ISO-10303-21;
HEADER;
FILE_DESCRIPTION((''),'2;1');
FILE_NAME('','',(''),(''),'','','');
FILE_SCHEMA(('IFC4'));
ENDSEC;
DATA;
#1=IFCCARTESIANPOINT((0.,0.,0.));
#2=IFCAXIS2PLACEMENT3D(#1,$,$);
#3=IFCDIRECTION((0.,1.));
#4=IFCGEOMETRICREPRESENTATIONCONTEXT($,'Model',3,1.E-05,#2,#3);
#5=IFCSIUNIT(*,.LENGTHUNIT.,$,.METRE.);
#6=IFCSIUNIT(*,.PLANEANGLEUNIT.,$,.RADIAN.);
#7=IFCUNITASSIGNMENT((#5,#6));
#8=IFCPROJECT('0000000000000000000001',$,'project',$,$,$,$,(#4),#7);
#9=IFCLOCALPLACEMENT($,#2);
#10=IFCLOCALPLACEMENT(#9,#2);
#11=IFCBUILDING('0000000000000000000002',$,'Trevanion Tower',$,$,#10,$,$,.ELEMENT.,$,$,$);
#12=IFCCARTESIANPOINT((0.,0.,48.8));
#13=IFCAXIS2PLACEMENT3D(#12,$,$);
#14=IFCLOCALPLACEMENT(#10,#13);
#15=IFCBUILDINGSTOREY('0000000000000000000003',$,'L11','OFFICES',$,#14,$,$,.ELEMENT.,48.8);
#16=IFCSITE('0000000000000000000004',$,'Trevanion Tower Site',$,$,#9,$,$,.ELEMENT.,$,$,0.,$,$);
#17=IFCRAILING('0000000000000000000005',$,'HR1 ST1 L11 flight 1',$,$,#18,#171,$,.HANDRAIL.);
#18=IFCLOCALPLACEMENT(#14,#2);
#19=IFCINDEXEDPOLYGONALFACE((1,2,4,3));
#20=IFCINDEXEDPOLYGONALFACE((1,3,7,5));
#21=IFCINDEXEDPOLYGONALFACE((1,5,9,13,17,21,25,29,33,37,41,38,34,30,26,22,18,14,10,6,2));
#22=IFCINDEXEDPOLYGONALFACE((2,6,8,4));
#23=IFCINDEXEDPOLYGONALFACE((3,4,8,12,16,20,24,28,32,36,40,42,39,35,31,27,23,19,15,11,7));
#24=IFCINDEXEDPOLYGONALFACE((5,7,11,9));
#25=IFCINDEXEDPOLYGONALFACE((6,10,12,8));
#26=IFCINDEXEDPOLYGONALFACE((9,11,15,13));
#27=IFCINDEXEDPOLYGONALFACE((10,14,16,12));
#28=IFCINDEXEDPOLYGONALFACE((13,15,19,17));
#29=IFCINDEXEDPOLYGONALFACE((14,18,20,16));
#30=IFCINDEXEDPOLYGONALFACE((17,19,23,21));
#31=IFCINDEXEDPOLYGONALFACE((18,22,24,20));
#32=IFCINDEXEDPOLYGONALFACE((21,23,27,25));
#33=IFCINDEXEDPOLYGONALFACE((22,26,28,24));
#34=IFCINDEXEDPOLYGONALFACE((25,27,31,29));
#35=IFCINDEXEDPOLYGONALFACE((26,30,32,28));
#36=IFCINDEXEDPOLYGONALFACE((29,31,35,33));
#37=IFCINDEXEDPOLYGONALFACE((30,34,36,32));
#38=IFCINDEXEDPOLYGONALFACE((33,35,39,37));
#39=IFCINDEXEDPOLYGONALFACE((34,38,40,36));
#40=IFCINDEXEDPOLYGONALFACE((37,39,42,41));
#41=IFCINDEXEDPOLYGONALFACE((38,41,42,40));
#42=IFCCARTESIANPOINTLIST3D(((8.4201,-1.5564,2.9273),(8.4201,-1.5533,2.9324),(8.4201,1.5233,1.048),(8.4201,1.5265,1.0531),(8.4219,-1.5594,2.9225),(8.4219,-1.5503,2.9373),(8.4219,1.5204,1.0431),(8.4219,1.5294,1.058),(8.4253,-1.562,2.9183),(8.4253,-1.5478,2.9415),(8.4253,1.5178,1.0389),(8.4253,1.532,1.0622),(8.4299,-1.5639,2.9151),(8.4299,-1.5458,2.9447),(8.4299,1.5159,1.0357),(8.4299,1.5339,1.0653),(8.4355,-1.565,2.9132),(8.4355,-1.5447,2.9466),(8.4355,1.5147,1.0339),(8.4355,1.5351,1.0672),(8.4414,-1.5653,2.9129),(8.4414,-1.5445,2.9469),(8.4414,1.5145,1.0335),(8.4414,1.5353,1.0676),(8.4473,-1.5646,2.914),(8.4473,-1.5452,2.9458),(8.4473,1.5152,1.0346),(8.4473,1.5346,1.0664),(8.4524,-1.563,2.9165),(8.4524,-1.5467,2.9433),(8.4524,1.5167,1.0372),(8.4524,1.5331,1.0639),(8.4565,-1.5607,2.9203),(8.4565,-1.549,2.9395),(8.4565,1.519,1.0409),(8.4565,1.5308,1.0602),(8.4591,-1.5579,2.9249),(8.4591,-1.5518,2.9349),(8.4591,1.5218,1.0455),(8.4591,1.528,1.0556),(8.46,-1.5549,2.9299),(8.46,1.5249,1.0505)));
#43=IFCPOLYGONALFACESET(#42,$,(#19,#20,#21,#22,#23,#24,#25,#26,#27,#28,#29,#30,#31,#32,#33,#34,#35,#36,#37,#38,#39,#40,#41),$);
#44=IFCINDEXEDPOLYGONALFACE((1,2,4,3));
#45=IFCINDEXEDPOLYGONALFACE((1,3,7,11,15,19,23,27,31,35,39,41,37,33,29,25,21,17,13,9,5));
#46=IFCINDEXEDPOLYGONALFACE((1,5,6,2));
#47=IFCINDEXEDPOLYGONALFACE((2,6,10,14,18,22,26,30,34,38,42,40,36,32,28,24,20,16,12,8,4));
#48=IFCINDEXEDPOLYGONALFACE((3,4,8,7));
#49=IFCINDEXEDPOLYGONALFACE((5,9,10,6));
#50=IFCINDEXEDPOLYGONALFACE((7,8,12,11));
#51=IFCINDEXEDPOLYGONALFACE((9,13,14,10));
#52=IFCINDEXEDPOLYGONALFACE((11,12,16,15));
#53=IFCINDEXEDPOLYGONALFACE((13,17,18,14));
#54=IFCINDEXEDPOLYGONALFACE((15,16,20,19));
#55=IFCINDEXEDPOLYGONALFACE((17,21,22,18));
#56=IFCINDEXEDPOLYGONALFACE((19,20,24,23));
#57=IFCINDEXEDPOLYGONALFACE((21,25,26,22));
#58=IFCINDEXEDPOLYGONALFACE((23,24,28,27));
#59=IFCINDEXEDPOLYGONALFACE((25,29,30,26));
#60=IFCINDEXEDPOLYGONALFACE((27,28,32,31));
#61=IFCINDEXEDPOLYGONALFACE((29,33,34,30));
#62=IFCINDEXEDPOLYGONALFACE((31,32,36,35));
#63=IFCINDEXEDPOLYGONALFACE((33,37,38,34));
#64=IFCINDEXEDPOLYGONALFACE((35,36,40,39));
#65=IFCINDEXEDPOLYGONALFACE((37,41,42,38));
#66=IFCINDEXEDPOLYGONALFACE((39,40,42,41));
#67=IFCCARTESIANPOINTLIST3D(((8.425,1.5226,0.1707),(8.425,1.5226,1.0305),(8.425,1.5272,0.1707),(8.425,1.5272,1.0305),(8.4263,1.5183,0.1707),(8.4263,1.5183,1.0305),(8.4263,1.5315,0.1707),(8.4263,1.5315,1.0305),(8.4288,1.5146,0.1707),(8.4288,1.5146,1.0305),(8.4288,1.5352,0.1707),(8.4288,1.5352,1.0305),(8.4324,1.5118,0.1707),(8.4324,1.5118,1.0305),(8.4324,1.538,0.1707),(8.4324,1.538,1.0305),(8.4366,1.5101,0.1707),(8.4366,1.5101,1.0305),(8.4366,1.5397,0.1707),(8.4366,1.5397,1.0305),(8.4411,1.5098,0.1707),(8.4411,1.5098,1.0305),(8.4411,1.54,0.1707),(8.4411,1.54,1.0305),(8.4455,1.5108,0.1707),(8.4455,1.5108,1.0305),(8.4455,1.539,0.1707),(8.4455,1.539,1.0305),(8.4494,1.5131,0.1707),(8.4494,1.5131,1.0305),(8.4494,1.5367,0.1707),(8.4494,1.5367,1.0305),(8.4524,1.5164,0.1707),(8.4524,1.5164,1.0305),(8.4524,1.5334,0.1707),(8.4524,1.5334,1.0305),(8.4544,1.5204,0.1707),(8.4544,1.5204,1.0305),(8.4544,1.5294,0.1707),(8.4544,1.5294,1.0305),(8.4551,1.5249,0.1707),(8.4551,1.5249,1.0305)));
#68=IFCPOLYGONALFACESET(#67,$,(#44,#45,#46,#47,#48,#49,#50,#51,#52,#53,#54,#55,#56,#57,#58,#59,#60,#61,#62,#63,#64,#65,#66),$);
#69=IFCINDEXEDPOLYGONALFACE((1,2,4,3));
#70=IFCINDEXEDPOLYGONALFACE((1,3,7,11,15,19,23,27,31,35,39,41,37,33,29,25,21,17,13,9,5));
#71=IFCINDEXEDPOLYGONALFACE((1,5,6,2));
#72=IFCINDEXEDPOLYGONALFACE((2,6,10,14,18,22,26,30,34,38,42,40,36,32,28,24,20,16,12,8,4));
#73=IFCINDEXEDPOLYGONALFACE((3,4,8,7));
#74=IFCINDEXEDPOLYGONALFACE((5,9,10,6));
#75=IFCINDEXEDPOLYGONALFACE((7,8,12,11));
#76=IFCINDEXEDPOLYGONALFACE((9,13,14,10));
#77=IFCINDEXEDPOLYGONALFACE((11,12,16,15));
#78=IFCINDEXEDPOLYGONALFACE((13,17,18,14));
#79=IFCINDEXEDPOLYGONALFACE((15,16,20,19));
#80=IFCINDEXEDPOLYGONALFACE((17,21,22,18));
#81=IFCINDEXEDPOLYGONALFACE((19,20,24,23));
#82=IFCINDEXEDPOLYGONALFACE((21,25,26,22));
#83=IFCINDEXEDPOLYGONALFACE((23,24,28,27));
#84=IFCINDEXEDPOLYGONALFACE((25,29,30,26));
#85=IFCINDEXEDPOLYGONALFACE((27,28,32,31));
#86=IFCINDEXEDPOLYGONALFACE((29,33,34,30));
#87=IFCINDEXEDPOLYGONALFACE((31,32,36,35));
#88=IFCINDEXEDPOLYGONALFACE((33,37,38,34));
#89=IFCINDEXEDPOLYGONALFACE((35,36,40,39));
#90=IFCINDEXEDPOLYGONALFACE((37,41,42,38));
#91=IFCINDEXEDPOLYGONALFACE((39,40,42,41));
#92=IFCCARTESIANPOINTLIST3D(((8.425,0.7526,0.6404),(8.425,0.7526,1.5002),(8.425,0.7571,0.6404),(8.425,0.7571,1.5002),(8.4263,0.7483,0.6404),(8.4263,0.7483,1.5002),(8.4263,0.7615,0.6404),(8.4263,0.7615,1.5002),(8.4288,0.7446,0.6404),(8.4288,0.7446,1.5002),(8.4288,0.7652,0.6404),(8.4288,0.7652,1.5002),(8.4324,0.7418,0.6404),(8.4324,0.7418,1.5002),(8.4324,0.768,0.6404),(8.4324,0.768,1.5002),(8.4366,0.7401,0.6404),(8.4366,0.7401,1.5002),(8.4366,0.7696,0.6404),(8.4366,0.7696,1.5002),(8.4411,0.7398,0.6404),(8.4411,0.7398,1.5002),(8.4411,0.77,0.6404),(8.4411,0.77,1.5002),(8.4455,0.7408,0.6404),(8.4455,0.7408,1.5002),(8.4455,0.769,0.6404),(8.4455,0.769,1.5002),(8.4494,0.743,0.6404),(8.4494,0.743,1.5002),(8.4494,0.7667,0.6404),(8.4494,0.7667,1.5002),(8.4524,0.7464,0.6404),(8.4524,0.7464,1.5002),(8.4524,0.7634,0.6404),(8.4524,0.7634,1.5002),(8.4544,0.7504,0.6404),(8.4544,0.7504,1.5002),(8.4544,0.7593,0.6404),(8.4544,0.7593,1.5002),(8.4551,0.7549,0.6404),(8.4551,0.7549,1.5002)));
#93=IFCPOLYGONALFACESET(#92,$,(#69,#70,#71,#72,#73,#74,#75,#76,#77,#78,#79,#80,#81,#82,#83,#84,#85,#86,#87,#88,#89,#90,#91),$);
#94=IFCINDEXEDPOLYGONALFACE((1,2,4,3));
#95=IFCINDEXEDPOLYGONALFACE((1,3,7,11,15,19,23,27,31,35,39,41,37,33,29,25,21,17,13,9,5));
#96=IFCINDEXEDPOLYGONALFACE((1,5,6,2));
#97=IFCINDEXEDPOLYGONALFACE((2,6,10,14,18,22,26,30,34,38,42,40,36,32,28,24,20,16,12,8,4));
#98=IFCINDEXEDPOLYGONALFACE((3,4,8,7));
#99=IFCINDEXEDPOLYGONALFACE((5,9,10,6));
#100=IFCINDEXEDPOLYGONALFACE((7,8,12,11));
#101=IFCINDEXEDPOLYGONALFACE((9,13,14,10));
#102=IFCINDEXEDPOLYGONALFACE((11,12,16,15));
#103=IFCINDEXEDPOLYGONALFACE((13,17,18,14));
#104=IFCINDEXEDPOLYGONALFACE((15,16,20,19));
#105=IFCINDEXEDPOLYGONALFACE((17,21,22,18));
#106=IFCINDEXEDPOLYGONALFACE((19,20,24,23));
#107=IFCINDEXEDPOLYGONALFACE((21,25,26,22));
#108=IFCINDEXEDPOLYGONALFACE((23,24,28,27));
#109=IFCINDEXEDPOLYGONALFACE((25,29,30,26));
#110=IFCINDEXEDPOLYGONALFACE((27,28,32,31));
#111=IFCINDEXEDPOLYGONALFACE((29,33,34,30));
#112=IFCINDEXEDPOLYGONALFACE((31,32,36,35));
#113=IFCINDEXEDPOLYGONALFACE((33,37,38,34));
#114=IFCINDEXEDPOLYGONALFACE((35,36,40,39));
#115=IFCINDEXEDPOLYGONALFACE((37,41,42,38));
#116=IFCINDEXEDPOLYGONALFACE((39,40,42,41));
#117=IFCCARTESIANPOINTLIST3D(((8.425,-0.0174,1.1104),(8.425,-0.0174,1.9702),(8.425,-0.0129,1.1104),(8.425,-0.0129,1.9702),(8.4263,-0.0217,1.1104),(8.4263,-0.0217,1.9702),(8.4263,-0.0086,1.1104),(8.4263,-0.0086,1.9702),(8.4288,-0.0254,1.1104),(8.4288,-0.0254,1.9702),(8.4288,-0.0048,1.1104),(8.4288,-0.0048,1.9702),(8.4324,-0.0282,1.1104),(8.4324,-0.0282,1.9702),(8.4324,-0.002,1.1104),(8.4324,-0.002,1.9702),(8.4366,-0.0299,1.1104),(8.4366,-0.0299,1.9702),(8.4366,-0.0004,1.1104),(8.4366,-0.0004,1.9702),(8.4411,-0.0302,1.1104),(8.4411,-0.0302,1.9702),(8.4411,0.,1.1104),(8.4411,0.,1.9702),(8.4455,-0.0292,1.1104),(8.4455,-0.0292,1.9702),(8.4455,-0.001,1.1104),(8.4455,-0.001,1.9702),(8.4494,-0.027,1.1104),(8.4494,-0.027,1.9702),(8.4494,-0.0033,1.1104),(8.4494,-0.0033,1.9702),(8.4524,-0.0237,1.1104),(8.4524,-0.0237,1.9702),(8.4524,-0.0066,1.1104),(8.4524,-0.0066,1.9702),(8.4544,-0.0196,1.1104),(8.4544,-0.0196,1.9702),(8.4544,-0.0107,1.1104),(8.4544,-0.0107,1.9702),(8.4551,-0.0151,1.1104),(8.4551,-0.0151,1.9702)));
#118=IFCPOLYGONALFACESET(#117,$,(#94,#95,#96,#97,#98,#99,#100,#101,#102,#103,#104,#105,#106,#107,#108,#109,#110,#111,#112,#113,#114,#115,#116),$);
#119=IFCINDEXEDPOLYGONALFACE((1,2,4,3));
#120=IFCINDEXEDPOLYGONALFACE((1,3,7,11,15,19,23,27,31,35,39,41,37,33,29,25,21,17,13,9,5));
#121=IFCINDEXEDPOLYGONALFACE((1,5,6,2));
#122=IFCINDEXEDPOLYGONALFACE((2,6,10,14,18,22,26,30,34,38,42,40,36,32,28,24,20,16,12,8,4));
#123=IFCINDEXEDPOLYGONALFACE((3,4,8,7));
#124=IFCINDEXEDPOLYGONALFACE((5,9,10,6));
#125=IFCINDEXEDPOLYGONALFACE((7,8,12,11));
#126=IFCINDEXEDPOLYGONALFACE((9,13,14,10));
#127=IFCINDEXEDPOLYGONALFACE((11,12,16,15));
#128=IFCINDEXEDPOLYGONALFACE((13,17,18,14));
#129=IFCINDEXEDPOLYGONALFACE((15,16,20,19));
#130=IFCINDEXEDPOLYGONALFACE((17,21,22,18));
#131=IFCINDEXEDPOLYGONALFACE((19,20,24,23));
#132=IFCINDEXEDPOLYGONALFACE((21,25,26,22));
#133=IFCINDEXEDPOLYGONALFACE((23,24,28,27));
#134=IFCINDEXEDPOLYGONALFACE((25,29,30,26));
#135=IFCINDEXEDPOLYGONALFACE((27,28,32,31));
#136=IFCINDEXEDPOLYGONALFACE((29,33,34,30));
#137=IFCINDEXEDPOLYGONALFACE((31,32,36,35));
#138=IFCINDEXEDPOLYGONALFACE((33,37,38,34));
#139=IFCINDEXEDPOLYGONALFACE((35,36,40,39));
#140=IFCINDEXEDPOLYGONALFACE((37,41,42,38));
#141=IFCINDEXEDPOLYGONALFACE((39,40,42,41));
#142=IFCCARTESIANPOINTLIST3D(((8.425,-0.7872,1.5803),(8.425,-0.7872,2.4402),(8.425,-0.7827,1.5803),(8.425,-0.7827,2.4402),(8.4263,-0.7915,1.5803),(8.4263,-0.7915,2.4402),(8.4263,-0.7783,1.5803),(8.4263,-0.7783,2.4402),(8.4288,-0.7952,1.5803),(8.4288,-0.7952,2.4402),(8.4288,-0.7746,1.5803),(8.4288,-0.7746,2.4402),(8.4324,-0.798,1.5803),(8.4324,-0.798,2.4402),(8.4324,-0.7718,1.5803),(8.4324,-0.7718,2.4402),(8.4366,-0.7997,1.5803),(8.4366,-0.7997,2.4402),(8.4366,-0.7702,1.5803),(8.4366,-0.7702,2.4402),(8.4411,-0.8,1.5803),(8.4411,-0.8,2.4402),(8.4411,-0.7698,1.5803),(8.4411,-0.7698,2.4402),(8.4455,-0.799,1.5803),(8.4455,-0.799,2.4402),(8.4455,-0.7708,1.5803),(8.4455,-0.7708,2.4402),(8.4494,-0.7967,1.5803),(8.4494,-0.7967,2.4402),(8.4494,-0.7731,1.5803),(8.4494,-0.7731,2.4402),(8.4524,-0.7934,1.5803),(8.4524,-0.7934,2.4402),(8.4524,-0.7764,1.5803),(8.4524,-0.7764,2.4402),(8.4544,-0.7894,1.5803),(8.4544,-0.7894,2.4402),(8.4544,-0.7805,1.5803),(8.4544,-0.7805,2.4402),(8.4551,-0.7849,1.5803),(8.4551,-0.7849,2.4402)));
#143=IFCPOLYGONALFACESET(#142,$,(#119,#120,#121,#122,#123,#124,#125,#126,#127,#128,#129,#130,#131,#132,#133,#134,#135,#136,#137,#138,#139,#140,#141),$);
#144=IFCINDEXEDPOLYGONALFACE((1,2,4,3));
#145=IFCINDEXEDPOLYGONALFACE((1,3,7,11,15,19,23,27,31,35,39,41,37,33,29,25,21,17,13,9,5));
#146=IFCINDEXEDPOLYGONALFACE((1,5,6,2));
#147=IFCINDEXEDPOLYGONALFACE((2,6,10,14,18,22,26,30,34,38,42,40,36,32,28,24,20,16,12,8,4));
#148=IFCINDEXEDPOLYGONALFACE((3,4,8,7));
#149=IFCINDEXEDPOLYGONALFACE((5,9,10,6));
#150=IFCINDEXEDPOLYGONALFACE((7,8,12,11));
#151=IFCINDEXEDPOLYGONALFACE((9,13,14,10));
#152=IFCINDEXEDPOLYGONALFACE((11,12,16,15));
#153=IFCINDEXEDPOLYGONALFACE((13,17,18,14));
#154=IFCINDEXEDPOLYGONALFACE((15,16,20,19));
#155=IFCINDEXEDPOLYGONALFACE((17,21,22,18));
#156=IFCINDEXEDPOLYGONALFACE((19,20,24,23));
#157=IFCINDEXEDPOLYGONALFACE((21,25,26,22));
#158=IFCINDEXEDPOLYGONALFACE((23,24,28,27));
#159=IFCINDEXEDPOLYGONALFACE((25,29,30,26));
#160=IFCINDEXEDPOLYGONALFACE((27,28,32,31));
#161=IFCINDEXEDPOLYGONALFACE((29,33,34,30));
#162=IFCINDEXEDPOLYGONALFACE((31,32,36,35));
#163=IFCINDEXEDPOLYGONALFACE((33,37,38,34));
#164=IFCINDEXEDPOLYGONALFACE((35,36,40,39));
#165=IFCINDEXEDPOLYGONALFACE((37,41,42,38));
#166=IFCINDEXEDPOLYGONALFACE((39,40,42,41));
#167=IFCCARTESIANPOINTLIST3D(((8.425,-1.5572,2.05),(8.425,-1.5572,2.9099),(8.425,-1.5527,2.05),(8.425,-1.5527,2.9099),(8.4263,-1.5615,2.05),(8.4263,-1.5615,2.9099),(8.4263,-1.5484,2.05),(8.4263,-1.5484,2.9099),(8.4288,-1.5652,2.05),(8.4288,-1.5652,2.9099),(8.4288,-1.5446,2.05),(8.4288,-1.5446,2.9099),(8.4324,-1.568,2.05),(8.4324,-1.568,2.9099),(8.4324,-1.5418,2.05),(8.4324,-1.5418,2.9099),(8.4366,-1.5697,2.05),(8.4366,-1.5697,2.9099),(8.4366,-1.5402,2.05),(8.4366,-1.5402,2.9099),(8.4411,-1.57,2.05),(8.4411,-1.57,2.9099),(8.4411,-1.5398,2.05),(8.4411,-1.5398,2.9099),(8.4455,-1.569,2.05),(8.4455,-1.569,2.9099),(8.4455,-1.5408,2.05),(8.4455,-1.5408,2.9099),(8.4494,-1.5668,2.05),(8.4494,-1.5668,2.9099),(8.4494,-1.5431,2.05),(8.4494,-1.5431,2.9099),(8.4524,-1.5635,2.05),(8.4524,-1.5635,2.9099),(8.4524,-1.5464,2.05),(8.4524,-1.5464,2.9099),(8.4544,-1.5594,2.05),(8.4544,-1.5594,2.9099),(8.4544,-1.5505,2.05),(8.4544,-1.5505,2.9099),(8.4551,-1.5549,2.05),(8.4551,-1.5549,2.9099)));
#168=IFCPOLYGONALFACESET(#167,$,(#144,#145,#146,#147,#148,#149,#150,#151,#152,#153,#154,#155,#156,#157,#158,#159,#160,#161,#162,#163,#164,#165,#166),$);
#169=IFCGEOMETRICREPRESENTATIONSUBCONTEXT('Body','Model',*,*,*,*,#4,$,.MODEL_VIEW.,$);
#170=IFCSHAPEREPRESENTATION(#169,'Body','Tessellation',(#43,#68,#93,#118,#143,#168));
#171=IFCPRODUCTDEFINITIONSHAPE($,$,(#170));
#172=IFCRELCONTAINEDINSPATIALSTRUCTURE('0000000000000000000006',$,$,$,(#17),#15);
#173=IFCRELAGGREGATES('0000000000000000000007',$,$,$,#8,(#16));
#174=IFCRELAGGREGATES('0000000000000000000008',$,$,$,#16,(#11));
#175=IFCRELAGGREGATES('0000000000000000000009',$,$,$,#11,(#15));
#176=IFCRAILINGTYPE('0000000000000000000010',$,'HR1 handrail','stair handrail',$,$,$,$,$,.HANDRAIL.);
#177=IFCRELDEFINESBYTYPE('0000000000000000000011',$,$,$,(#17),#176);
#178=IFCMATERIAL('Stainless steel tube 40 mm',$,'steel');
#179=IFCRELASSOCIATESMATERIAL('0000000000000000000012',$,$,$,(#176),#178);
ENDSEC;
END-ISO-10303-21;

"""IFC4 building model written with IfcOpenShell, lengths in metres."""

from ifc_helpers import new_model, si_unit, direction, frame, origin, origin_2d, place, context, subcontext, project, spatial, circle, extrude, material, type_object, element, save


model = new_model("IFC4")

# Units and contexts
model_context = context("Model", 3, precision=1e-05, world=origin(), true_north=direction((0.0, 1.0)))
body_context = subcontext(model_context, "Body", "Model", "MODEL_VIEW")
ifc_project = project(units=[si_unit("LENGTHUNIT", "METRE"), si_unit("PLANEANGLEUNIT", "RADIAN")], contexts=[model_context])

# Site, building, storey
site_placement = place(None, origin())
site = spatial("IfcSite", under=ifc_project, at=site_placement, Name="Trevanion Tower Site", CompositionType="ELEMENT", RefElevation=0.0)
building_placement = place(site_placement, origin())
building = spatial("IfcBuilding", under=site, at=building_placement, Name="Trevanion Tower", CompositionType="ELEMENT")
storey_placement = place(building_placement, frame((0.0, 0.0, 48.8)))
storey = spatial("IfcBuildingStorey", under=building, at=storey_placement, Name="L11", Description="OFFICES", CompositionType="ELEMENT", Elevation=48.8)

# Railing
ifc_material_1 = material(Name="Stainless steel tube 40 mm", Category="steel")
railing_type = type_object("IfcRailingType", Name="HR1 handrail", Description="stair handrail", PredefinedType="HANDRAIL", material=ifc_material_1)
for number, where, name in (
    (1, (8.4399, 1.5249, 0.1707), "HR1 ST1 L11 flight 1"),
):
    element("IfcRailing", number, at=place(storey_placement, frame(where)), inside=storey, type_object=railing_type, Name=name, PredefinedType="HANDRAIL", context=body_context, shape_type="SweptSolid", body=[
        extrude(circle(Radius=0.02, at=origin_2d()), frame((0.0, 0.0, 0.8799), z_axis=(0.0, -0.853618, 0.5209), x_axis=(1.0, 0.0, 0.0)), (0.0, 0.0, 1.0), 3.6079),
        extrude(circle(Radius=0.0151, at=origin_2d()), origin(), (0.0, 0.0, 1.0), 0.8599),
        extrude(circle(Radius=0.0151, at=origin_2d()), frame((0.0, -0.77, 0.4697)), (0.0, 0.0, 1.0), 0.8599),
        extrude(circle(Radius=0.0151, at=origin_2d()), frame((0.0, -1.54, 0.9397)), (0.0, 0.0, 1.0), 0.8599),
        extrude(circle(Radius=0.0151, at=origin_2d()), frame((0.0, -2.3098, 1.4097)), (0.0, 0.0, 1.0), 0.8599),
        extrude(circle(Radius=0.0151, at=origin_2d()), frame((0.0, -3.0798, 1.8794)), (0.0, 0.0, 1.0), 0.8599),
    ])

save(model, "model.ifc")
